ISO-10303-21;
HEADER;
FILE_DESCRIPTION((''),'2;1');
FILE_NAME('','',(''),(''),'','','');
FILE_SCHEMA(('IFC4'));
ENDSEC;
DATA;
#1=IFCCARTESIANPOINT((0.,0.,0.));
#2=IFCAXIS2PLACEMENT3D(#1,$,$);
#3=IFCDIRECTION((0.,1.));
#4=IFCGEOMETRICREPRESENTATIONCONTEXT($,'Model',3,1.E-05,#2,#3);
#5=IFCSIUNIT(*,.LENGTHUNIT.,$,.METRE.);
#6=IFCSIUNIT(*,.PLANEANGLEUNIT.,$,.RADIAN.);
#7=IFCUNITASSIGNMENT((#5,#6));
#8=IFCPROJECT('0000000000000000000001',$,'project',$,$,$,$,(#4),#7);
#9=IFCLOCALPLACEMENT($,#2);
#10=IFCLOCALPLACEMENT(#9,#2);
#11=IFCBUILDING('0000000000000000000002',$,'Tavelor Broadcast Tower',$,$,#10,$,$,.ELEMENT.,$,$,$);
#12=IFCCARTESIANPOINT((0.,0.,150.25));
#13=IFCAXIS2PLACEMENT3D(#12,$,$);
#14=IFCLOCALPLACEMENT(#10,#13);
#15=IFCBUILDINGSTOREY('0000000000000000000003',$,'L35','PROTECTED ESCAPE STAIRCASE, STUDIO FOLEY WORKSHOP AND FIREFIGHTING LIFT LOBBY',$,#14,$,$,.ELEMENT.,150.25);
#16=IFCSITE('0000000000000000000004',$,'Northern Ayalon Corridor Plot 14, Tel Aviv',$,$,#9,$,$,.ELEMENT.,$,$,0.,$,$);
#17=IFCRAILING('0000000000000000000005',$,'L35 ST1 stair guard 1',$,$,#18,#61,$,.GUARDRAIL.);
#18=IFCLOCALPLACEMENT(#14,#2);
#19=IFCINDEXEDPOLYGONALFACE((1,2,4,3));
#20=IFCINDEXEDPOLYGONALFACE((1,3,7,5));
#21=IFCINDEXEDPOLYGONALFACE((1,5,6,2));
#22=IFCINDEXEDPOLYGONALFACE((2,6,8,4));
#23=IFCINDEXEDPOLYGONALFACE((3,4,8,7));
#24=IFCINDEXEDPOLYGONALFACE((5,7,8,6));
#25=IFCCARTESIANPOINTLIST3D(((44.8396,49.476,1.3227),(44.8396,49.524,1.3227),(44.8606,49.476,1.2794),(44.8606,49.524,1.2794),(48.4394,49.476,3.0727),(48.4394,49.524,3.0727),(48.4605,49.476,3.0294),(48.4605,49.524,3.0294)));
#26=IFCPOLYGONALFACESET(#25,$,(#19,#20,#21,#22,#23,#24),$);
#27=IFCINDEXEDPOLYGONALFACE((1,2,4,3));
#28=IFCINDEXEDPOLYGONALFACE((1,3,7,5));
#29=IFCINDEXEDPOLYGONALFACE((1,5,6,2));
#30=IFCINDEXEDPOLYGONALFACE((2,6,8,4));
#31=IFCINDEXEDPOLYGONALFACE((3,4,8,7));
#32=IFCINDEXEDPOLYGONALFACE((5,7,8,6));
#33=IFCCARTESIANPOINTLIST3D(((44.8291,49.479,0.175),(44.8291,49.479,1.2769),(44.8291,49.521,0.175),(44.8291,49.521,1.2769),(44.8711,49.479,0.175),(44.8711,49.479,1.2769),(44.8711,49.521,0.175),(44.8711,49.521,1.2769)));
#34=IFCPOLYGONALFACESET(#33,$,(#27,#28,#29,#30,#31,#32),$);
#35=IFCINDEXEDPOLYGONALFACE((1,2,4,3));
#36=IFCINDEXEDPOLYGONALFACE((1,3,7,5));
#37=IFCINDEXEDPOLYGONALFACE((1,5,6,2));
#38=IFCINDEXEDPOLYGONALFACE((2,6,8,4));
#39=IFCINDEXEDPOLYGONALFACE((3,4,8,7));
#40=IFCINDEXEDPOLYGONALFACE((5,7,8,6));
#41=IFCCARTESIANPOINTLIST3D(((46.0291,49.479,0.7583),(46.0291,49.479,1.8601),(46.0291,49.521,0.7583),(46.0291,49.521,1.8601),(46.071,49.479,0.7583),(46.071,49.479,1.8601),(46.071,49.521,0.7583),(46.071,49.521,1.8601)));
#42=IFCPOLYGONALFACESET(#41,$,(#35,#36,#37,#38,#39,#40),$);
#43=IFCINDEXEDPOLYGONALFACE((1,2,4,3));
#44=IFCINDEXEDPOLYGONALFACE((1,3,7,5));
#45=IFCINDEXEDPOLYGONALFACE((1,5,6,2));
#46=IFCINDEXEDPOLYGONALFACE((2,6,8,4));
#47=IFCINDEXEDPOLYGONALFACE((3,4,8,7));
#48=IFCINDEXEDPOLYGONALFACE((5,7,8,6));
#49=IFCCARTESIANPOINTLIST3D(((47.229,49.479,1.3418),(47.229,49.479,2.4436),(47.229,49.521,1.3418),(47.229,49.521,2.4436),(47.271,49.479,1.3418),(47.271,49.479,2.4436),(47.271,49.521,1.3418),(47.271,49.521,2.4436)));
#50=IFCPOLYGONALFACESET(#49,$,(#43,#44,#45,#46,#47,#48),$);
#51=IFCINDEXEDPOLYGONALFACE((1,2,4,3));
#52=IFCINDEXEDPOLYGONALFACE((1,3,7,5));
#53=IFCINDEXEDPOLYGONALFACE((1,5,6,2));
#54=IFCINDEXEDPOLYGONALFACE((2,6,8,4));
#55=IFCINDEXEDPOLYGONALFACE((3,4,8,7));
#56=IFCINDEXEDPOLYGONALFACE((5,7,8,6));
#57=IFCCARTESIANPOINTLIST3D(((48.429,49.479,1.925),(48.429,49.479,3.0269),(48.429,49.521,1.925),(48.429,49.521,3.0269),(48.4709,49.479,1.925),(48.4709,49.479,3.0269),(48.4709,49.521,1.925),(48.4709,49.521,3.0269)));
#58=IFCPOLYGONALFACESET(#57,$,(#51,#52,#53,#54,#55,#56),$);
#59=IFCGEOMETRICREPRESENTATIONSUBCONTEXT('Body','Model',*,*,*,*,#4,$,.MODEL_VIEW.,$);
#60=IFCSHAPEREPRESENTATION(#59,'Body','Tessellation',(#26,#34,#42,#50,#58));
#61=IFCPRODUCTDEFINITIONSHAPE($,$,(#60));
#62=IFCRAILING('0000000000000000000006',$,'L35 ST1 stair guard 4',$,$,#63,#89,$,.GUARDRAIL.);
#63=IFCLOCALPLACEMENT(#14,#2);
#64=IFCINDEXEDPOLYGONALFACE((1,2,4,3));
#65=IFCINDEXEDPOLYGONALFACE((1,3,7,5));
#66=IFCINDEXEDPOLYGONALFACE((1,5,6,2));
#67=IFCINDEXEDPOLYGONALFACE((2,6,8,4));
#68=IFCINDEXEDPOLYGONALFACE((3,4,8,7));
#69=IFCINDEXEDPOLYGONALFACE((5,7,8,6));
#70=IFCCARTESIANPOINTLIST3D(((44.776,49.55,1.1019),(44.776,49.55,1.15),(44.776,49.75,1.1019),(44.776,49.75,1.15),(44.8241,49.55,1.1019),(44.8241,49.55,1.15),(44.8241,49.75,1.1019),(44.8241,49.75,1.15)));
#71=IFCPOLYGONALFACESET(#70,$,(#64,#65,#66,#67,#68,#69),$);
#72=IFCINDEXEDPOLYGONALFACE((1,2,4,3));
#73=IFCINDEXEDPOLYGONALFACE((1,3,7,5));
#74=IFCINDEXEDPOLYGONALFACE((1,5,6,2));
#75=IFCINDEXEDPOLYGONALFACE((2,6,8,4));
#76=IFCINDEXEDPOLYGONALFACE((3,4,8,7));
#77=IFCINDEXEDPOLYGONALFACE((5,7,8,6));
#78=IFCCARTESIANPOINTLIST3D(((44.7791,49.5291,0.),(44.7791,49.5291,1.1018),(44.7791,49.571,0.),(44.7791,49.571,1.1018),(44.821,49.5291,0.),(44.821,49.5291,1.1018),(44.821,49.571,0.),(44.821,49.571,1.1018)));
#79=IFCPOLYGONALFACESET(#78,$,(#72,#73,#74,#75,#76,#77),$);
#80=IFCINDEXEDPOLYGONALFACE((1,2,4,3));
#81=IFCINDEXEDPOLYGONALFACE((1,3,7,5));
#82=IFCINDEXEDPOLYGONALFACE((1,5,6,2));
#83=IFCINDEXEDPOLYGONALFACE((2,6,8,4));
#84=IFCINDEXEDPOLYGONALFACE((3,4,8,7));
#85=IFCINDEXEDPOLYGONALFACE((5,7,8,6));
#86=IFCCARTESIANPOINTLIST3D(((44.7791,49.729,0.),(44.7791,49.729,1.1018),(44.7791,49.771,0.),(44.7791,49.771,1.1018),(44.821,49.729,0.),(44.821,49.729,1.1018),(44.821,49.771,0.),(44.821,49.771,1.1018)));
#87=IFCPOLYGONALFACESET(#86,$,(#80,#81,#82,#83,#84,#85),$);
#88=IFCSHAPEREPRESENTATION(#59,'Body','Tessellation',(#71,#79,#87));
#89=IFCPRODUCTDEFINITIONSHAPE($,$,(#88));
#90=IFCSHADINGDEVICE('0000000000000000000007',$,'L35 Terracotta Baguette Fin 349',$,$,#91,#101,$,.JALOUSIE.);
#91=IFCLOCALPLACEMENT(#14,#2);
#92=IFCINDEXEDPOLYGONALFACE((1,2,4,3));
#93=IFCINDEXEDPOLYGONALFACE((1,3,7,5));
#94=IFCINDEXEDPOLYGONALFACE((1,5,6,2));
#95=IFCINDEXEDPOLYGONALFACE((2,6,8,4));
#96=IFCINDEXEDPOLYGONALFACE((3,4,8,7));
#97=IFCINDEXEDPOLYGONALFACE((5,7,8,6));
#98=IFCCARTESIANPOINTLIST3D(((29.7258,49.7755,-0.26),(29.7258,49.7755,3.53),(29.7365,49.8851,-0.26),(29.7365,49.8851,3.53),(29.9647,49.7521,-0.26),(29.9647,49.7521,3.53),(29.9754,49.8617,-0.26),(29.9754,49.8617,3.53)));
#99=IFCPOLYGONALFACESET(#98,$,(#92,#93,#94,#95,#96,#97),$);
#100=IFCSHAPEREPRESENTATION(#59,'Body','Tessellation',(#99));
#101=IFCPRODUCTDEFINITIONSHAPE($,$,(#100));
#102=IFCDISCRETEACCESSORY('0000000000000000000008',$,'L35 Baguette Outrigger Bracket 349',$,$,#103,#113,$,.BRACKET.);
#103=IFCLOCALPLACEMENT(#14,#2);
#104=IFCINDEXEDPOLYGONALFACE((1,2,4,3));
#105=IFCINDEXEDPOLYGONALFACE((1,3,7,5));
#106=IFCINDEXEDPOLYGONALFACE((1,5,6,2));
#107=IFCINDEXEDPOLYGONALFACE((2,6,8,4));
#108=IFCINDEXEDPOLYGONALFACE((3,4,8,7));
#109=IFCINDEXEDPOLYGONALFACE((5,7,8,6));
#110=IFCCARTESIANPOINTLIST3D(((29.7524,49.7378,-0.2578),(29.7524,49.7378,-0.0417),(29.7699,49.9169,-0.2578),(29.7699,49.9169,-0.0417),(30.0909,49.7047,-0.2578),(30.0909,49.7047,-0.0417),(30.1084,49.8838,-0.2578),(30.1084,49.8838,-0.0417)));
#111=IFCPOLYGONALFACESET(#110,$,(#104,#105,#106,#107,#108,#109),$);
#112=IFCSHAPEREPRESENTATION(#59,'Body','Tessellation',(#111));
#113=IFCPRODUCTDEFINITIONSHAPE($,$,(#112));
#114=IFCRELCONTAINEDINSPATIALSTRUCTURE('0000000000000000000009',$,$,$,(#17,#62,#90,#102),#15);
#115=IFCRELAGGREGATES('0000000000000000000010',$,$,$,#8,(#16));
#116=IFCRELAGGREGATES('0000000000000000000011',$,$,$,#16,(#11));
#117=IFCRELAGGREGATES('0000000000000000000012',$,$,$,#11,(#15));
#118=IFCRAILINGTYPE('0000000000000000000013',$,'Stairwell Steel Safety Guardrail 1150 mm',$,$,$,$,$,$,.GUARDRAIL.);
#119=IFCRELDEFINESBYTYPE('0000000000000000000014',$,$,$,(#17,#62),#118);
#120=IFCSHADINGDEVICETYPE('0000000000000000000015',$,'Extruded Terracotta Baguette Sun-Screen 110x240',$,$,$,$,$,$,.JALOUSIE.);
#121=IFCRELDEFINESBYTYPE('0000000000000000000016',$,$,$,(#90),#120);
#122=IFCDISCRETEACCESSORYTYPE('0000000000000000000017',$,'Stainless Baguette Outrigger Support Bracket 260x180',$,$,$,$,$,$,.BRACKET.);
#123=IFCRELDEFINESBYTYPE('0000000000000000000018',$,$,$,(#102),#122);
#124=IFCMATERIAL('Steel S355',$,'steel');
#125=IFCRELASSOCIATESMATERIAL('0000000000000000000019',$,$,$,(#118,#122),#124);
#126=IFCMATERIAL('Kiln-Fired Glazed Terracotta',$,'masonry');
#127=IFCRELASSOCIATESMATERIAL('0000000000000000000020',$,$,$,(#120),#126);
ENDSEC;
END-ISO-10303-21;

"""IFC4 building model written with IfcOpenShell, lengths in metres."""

from ifc_helpers import new_model, si_unit, direction, frame, origin, origin_2d, place, context, subcontext, project, spatial, rectangle, extrude, source, transform, mapped, material, type_object, type_shapes, element, save


model = new_model("IFC4")

# Units and contexts
model_context = context("Model", 3, precision=1e-05, world=origin(), true_north=direction((0.0, 1.0)))
body_context = subcontext(model_context, "Body", "Model", "MODEL_VIEW")
ifc_project = project(units=[si_unit("LENGTHUNIT", "METRE"), si_unit("PLANEANGLEUNIT", "RADIAN")], contexts=[model_context])

# Site, building, storey
site_placement = place(None, origin())
site = spatial("IfcSite", under=ifc_project, at=site_placement, Name="Northern Ayalon Corridor Plot 14, Tel Aviv", CompositionType="ELEMENT", RefElevation=0.0)
building_placement = place(site_placement, origin())
building = spatial("IfcBuilding", under=site, at=building_placement, Name="Tavelor Broadcast Tower", CompositionType="ELEMENT")
storey_placement = place(building_placement, frame((0.0, 0.0, 150.25)))
storey = spatial("IfcBuildingStorey", under=building, at=storey_placement, Name="L35", Description="PROTECTED ESCAPE STAIRCASE, STUDIO FOLEY WORKSHOP AND FIREFIGHTING LIFT LOBBY", CompositionType="ELEMENT", Elevation=150.25)

# Shared definitions
ifc_material_1 = material(Name="Steel S355", Category="steel")

# Railings
railing_type_1 = type_object("IfcRailingType", Name="Stairwell Steel Safety Guardrail 1150 mm", PredefinedType="GUARDRAIL", material=ifc_material_1)
railing_1_placement = place(storey_placement, frame((44.8501, 49.5, 0.175)))
element("IfcRailing", 1, at=railing_1_placement, inside=storey, type_object=railing_type_1, Name="L35 ST1 stair guard 1", PredefinedType="GUARDRAIL", context=body_context, shape_type="SweptSolid", body=[
    extrude(rectangle(XDim=0.0481, YDim=0.0481, at=origin_2d()), frame((0.0, 0.0, 1.126), z_axis=(0.899361, 0.0, 0.437207), x_axis=(0.0, 1.0, 0.0)), (0.0, 0.0, 1.0), 4.0027),
    extrude(rectangle(XDim=0.042, YDim=0.042, at=origin_2d()), origin(), (0.0, 0.0, 1.0), 1.1018),
    extrude(rectangle(XDim=0.042, YDim=0.042, at=origin_2d()), frame((1.2, 0.0, 0.5833)), (0.0, 0.0, 1.0), 1.1018),
    extrude(rectangle(XDim=0.042, YDim=0.042, at=origin_2d()), frame((2.3999, 0.0, 1.1667)), (0.0, 0.0, 1.0), 1.1018),
    extrude(rectangle(XDim=0.042, YDim=0.042, at=origin_2d()), frame((3.5999, 0.0, 1.75)), (0.0, 0.0, 1.0), 1.1018),
])
railing_2_placement = place(storey_placement, frame((44.8, 49.55, 0.0)))
element("IfcRailing", 2, at=railing_2_placement, inside=storey, type_object=railing_type_1, Name="L35 ST1 stair guard 4", PredefinedType="GUARDRAIL", context=body_context, shape_type="SweptSolid", body=[
    extrude(rectangle(XDim=0.0481, YDim=0.0481, at=origin_2d()), frame((0.0, 0.0, 1.126), z_axis=(0.0, 1.0, 0.0), x_axis=(-1.0, 0.0, 0.0)), (0.0, 0.0, 1.0), 0.2),
    extrude(rectangle(XDim=0.042, YDim=0.042, at=origin_2d()), origin(), (0.0, 0.0, 1.0), 1.1018),
    extrude(rectangle(XDim=0.042, YDim=0.042, at=origin_2d()), frame((0.0, 0.2, 0.0)), (0.0, 0.0, 1.0), 1.1018),
])

# Shading device
ifc_material_2 = material(Name="Kiln-Fired Glazed Terracotta", Category="masonry")
shading_device_type = type_object("IfcShadingDeviceType", Name="Extruded Terracotta Baguette Sun-Screen 110x240", PredefinedType="JALOUSIE", material=ifc_material_2)
shared_shape_1 = source(origin(), body_context, "Body", "SweptSolid", [
    extrude(rectangle(XDim=0.1101, YDim=0.24, at=origin_2d()), origin(), (0.0, 0.0, 1.0), 3.79),
])
type_shapes(shading_device_type, [shared_shape_1])
shading_device_placement = place(storey_placement, frame((29.8506, 49.8186, -0.26), z_axis=(0.0, 0.0, 1.0), x_axis=(-0.097235, -0.995261, 0.0)))
element("IfcShadingDevice", 3, at=shading_device_placement, inside=storey, type_object=shading_device_type, Name="L35 Terracotta Baguette Fin 349", PredefinedType="JALOUSIE", context=body_context, shape_type="MappedRepresentation", body=[
    mapped(shared_shape_1, transform((0.0, 0.0, 0.0), scale=1.0)),
])

# Discrete accessory
discrete_accessory_type = type_object("IfcDiscreteAccessoryType", Name="Stainless Baguette Outrigger Support Bracket 260x180", PredefinedType="BRACKET", material=ifc_material_1)
shared_shape_2 = source(origin(), body_context, "Body", "SweptSolid", [
    extrude(rectangle(XDim=0.1799, YDim=0.3401, at=origin_2d()), origin(), (0.0, 0.0, 1.0), 0.2161),
])
type_shapes(discrete_accessory_type, [shared_shape_2])
discrete_accessory_placement = place(storey_placement, frame((29.9304, 49.8108, -0.2578), z_axis=(0.0, 0.0, 1.0), x_axis=(-0.097235, -0.995261, 0.0)))
element("IfcDiscreteAccessory", 4, at=discrete_accessory_placement, inside=storey, type_object=discrete_accessory_type, Name="L35 Baguette Outrigger Bracket 349", PredefinedType="BRACKET", context=body_context, shape_type="MappedRepresentation", body=[
    mapped(shared_shape_2, transform((0.0, 0.0, 0.0), scale=1.0)),
])

save(model, "model.ifc")
